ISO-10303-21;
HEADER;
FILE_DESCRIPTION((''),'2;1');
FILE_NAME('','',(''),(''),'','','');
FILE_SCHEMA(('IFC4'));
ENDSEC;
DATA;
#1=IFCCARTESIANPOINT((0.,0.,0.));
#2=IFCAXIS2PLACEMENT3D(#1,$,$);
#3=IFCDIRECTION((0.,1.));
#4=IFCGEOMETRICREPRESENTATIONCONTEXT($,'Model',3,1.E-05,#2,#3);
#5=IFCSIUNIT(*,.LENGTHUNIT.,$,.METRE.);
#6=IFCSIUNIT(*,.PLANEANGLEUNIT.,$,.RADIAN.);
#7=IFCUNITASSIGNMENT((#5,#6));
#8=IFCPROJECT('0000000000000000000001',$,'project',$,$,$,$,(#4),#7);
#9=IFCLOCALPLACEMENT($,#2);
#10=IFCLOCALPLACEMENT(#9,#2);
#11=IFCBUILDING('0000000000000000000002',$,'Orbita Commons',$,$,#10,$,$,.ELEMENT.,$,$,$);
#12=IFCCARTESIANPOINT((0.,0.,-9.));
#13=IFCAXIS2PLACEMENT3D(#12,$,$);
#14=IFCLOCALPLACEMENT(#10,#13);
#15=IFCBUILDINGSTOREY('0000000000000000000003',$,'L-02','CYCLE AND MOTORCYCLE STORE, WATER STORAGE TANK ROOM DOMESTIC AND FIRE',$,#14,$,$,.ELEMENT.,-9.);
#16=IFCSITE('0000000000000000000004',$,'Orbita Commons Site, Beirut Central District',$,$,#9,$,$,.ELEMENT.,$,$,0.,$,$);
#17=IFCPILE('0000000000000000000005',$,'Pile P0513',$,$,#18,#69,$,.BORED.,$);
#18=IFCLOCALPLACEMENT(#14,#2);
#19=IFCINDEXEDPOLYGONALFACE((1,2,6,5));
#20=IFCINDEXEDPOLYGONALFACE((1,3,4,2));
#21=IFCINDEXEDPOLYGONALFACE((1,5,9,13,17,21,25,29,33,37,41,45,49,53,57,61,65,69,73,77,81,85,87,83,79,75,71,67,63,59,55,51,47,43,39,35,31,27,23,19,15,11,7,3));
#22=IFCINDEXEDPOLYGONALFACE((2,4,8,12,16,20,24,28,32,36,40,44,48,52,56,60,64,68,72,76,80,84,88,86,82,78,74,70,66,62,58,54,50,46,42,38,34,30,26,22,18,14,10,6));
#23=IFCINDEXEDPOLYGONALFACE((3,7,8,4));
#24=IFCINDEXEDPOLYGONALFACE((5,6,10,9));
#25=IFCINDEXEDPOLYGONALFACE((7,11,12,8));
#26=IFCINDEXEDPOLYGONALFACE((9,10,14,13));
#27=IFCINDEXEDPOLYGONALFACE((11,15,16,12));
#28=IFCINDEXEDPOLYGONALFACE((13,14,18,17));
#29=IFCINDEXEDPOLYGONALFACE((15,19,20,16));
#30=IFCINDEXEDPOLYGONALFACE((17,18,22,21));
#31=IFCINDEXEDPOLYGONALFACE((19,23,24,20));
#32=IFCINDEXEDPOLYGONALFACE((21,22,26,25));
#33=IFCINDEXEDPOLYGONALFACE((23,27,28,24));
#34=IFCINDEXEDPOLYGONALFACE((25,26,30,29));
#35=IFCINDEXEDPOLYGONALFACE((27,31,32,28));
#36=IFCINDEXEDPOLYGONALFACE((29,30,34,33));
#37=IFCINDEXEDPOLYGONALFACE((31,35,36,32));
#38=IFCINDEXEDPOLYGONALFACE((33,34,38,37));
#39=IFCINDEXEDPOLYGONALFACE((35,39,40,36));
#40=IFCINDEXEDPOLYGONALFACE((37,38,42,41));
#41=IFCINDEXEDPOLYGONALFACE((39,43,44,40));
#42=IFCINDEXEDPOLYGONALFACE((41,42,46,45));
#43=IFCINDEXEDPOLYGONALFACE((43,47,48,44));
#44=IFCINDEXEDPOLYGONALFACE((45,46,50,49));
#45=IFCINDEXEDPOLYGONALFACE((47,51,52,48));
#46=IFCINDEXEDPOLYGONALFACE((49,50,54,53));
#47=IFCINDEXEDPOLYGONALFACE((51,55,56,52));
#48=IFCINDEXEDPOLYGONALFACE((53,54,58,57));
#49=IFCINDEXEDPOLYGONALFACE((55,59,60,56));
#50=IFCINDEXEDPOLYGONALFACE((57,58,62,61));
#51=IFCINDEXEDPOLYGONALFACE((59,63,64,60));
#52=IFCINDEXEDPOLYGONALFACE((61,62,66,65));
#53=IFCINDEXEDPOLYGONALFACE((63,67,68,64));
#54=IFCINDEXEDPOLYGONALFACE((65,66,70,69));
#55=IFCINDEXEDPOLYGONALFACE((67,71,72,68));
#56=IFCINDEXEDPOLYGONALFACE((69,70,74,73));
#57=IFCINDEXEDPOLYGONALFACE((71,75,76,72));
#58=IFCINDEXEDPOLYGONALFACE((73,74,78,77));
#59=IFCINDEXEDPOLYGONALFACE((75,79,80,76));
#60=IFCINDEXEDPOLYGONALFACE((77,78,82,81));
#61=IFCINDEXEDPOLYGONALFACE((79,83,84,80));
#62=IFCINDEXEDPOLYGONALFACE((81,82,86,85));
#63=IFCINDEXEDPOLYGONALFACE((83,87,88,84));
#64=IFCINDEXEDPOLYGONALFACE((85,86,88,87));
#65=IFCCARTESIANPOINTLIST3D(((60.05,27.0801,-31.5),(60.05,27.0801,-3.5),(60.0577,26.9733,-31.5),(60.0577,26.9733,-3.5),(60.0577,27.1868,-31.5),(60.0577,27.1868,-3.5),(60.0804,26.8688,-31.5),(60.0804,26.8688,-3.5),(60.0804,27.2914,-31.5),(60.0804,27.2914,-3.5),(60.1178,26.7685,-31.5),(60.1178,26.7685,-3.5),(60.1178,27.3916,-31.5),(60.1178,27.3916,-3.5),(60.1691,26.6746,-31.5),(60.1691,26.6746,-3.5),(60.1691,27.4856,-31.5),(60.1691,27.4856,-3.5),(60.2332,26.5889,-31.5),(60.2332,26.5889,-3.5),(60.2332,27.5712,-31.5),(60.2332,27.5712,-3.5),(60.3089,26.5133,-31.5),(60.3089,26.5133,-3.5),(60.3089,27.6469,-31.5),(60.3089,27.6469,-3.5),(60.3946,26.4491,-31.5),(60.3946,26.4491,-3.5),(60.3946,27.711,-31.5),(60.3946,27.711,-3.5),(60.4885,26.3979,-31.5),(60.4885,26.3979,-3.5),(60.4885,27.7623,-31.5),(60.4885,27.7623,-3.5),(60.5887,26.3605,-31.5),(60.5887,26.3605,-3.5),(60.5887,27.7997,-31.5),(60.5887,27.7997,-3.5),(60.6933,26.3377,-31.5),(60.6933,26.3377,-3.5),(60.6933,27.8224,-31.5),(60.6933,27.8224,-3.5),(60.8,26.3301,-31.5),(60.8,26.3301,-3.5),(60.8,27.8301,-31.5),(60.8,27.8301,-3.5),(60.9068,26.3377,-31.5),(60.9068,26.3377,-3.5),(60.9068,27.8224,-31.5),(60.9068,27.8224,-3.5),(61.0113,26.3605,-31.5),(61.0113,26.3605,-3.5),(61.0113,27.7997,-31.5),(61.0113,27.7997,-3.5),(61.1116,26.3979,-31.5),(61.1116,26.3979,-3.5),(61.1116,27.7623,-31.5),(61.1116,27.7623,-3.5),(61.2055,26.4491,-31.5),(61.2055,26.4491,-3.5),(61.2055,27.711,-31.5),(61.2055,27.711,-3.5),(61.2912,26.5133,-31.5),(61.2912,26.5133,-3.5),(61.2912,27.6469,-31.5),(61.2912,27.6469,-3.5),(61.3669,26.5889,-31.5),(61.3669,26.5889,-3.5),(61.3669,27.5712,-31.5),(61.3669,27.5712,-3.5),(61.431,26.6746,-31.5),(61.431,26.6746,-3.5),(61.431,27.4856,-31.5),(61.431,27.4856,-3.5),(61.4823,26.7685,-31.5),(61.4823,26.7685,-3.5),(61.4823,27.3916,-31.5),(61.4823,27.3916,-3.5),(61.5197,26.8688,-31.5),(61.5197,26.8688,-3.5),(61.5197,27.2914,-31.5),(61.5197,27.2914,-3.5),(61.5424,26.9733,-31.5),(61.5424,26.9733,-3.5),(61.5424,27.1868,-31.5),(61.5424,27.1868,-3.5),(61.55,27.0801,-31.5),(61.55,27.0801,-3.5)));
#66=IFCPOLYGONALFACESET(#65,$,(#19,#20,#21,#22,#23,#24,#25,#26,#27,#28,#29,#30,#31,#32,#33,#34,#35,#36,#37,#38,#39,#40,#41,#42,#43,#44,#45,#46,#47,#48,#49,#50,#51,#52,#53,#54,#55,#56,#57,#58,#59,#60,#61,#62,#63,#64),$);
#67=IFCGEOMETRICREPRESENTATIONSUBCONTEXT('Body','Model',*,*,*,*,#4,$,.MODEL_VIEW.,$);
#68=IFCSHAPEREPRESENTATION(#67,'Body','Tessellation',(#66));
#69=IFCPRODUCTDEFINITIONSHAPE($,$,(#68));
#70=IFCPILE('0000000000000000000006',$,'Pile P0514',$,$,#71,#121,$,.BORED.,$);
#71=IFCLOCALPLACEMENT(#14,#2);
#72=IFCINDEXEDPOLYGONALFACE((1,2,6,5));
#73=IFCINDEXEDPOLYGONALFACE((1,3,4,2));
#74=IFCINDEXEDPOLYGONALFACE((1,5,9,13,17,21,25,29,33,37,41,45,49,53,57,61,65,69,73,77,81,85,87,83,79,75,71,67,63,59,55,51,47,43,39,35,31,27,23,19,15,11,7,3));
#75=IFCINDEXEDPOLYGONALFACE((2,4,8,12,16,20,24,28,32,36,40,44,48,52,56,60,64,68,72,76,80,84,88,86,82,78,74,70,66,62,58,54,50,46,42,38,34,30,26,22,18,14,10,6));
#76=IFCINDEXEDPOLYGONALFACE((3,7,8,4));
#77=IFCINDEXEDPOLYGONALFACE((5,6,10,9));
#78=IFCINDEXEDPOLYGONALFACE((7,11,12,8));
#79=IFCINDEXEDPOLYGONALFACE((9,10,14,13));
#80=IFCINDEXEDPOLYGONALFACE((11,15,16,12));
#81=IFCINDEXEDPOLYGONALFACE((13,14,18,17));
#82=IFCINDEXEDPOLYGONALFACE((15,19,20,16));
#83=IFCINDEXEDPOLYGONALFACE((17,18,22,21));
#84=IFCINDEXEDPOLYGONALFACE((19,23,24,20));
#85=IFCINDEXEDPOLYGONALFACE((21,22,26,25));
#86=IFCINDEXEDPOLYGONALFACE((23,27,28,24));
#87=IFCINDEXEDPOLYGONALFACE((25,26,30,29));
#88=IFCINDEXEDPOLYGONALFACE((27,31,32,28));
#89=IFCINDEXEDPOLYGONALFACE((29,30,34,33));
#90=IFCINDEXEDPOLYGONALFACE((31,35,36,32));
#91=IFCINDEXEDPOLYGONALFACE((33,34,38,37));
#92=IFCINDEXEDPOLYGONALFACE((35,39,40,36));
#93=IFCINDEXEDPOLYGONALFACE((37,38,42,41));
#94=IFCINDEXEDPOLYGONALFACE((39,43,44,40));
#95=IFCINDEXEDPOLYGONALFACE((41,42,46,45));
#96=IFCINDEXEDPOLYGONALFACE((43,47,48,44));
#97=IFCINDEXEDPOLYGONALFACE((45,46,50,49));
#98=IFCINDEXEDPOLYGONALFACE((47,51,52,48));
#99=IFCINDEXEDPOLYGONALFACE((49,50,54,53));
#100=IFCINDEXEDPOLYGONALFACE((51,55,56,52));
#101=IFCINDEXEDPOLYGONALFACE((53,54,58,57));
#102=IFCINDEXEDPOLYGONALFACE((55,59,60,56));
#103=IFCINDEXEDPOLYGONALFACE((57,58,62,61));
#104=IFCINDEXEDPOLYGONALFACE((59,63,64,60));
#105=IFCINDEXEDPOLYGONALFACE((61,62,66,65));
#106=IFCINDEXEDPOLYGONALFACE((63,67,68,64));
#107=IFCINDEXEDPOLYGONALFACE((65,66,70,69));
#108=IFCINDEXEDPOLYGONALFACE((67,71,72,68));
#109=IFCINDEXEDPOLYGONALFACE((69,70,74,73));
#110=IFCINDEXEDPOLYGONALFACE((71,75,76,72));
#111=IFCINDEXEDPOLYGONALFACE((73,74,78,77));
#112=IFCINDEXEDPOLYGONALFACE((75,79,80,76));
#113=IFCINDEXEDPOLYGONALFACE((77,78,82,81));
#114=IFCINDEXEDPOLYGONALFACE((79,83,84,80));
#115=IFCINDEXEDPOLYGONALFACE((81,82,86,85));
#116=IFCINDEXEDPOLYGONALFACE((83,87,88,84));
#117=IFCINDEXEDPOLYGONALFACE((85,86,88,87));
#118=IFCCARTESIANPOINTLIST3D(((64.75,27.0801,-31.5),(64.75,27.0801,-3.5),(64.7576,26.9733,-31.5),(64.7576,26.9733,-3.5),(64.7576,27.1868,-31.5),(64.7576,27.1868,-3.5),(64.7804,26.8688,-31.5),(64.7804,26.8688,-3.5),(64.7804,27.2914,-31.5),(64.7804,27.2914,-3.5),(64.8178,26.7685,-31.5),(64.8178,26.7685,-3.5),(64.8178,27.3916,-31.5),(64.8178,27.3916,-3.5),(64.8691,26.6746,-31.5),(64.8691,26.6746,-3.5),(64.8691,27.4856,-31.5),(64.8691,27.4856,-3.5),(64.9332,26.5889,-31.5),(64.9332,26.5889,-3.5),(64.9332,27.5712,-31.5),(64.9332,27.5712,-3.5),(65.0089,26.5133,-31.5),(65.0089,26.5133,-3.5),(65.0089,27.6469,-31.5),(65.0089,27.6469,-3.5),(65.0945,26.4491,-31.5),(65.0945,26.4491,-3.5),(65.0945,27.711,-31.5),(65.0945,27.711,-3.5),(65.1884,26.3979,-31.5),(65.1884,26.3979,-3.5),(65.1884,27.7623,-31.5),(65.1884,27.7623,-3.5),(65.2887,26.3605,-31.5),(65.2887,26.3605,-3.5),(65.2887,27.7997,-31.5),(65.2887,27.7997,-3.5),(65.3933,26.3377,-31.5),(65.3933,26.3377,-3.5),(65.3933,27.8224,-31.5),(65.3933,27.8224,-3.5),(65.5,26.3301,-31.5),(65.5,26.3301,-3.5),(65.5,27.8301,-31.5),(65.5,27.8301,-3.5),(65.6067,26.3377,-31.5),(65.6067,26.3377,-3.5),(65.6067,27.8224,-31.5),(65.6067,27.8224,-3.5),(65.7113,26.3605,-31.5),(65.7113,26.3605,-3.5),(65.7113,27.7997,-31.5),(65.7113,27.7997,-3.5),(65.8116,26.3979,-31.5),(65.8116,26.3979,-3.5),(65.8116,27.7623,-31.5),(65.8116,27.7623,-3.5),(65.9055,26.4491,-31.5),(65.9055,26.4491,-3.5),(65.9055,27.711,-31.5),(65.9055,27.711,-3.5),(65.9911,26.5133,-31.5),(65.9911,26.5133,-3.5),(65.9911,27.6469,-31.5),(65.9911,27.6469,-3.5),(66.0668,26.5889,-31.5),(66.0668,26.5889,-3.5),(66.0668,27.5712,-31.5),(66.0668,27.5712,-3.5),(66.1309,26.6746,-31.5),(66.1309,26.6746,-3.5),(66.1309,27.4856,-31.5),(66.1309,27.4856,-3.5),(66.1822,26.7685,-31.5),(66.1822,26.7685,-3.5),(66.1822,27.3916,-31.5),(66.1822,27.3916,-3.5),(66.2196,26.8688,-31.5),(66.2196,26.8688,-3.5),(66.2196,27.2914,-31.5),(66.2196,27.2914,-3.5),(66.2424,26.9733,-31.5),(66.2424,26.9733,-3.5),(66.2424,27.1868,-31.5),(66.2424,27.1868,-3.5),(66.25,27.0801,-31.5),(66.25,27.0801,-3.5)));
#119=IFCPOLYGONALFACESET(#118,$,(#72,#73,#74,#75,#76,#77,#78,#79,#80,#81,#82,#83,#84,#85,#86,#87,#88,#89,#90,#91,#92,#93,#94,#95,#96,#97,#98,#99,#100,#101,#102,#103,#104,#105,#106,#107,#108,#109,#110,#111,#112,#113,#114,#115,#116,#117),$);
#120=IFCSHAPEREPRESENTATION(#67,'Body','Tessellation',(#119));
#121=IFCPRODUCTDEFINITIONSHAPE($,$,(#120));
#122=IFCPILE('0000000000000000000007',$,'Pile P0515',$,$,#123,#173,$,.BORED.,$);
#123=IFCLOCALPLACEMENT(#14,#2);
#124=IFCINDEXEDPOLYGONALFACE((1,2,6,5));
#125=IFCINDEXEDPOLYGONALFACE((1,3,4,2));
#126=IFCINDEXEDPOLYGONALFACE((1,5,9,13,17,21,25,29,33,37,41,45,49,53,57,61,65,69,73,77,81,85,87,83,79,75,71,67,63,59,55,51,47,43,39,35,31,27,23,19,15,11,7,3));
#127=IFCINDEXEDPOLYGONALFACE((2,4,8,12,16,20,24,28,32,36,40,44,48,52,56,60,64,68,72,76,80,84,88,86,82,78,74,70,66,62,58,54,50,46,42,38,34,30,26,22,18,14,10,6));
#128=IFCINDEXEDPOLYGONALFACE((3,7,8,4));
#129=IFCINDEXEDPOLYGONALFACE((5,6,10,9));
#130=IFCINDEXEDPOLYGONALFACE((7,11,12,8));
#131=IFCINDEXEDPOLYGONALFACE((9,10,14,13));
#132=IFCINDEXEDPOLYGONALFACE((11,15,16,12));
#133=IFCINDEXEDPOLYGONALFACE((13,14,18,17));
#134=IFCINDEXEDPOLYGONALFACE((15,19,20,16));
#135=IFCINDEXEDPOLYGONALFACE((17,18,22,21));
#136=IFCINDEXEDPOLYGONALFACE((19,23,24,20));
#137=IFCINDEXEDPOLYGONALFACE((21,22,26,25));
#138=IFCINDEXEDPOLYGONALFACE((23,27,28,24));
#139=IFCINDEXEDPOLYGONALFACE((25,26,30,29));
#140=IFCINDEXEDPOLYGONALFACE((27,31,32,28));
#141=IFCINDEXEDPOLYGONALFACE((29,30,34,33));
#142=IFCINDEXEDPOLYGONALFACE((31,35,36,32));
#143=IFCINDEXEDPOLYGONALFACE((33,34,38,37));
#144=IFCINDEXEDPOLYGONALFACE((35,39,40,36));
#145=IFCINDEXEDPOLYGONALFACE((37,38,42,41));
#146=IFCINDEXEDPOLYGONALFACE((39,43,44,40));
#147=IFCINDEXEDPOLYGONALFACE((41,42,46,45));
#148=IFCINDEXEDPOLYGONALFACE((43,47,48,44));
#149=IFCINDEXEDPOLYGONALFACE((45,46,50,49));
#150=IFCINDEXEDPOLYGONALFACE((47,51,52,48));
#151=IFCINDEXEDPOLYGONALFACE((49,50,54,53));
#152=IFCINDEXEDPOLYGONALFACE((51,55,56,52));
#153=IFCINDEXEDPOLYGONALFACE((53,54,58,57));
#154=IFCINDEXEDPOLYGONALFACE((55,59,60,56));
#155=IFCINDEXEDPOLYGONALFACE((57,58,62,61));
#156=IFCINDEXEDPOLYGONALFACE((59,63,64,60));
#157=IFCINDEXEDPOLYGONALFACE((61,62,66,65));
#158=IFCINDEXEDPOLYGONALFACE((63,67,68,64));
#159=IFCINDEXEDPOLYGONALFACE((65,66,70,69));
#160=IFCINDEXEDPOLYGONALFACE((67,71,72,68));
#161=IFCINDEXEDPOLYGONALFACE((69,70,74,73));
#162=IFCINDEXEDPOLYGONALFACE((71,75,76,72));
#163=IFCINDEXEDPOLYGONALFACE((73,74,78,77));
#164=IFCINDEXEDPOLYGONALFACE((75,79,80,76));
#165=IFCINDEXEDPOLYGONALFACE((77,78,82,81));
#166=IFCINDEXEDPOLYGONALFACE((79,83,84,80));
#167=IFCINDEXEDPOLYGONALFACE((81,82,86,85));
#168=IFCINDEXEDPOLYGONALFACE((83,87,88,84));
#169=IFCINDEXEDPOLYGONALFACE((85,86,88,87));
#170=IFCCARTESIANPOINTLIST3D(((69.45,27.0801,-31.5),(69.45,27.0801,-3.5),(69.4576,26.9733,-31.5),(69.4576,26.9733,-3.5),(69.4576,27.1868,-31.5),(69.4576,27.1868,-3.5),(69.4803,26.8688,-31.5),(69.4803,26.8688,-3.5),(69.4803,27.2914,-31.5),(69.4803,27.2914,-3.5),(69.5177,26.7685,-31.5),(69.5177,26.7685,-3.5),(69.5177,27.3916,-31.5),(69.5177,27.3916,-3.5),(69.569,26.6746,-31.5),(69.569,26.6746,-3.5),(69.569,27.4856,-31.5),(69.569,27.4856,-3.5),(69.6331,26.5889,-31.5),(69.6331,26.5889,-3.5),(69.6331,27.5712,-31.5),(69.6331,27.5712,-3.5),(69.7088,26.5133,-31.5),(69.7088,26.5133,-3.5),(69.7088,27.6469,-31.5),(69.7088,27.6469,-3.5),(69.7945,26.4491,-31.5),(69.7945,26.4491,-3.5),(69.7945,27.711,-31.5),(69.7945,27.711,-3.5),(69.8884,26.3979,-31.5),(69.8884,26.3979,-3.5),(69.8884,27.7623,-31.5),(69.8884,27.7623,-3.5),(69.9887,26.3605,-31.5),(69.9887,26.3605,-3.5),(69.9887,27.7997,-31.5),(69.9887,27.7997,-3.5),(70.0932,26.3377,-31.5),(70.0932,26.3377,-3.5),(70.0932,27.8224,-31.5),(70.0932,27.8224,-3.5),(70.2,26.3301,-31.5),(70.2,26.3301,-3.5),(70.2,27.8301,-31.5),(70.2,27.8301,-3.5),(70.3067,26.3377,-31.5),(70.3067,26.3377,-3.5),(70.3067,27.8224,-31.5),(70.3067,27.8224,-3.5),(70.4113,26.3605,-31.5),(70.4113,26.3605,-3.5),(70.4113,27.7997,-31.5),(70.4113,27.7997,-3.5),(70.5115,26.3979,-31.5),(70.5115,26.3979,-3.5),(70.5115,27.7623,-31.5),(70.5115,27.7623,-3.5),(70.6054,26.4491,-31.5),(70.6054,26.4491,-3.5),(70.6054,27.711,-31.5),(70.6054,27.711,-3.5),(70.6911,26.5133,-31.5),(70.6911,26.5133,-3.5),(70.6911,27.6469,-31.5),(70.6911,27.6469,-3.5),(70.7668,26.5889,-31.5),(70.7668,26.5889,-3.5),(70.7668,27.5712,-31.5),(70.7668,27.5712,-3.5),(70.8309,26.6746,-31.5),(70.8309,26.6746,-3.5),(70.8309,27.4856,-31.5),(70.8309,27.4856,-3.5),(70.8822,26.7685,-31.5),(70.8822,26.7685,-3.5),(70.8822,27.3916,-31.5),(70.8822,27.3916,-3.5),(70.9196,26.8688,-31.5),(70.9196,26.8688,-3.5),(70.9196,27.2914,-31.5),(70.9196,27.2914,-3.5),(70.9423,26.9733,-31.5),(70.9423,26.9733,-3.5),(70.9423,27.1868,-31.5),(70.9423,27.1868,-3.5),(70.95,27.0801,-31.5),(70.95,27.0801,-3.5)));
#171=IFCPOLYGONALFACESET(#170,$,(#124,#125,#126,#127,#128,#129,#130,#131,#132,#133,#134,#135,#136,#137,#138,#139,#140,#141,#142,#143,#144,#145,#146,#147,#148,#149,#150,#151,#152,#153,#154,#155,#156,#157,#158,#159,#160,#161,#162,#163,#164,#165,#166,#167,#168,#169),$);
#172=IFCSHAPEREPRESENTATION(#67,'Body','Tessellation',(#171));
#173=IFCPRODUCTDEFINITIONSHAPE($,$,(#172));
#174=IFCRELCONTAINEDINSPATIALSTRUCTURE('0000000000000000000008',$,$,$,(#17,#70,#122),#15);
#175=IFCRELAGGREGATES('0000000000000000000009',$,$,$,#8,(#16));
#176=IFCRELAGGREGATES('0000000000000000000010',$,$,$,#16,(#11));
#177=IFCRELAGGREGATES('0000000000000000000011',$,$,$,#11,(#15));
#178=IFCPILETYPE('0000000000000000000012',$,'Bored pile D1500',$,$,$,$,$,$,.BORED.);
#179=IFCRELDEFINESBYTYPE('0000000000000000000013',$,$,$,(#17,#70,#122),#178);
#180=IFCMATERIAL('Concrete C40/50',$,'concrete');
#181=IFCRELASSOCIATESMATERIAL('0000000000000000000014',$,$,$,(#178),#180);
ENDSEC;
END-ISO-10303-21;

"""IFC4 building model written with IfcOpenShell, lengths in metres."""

from ifc_helpers import new_model, si_unit, direction, frame, origin, origin_2d, place, context, subcontext, project, spatial, circle, extrude, material, material_profile, profile_set, type_object, element, save


model = new_model("IFC4")

# Units and contexts
model_context = context("Model", 3, precision=1e-05, world=origin(), true_north=direction((0.0, 1.0)))
body_context = subcontext(model_context, "Body", "Model", "MODEL_VIEW")
ifc_project = project(units=[si_unit("LENGTHUNIT", "METRE"), si_unit("PLANEANGLEUNIT", "RADIAN")], contexts=[model_context])

# Site, building, storey
site_placement = place(None, origin())
site = spatial("IfcSite", under=ifc_project, at=site_placement, Name="Orbita Commons Site, Beirut Central District", CompositionType="ELEMENT", RefElevation=0.0)
building_placement = place(site_placement, origin())
building = spatial("IfcBuilding", under=site, at=building_placement, Name="Orbita Commons", CompositionType="ELEMENT")
storey_placement = place(building_placement, frame((0.0, 0.0, -9.0)))
storey = spatial("IfcBuildingStorey", under=building, at=storey_placement, Name="L-02", Description="CYCLE AND MOTORCYCLE STORE, WATER STORAGE TANK ROOM DOMESTIC AND FIRE", CompositionType="ELEMENT", Elevation=-9.0)

# Piles
ifc_material_1 = material(Name="Concrete C40/50", Category="concrete")
ifc_material_profile_1 = material_profile(ifc_material_1, circle(Radius=0.75, at=origin_2d()), Name="RC D1500")
ifc_profile_set_1 = profile_set([ifc_material_profile_1], Name="Concrete C40/50")
pile_type = type_object("IfcPileType", Name="Bored pile D1500", PredefinedType="BORED", material=ifc_profile_set_1)
for number, where, z_axis, x_axis, name in (
    (1, (60.8, 27.0801, -3.5), (0.0, 0.0, -1.0), (1.0, 0.0, 0.0), "Pile P0513"),
    (2, (65.5, 27.0801, -3.5), (0.0, 0.0, -1.0), (1.0, 0.0, 0.0), "Pile P0514"),
    (3, (70.2, 27.0801, -3.5), (0.0, 0.0, -1.0), (1.0, 0.0, 0.0), "Pile P0515"),
):
    element("IfcPile", number, at=place(storey_placement, frame(where, z_axis=z_axis, x_axis=x_axis)), inside=storey, type_object=pile_type, Name=name, PredefinedType="BORED", context=body_context, shape_type="SweptSolid", body=[
        extrude(circle(Radius=0.75, at=origin_2d()), origin(), (0.0, 0.0, 1.0), 28.0),
    ])

save(model, "model.ifc")
